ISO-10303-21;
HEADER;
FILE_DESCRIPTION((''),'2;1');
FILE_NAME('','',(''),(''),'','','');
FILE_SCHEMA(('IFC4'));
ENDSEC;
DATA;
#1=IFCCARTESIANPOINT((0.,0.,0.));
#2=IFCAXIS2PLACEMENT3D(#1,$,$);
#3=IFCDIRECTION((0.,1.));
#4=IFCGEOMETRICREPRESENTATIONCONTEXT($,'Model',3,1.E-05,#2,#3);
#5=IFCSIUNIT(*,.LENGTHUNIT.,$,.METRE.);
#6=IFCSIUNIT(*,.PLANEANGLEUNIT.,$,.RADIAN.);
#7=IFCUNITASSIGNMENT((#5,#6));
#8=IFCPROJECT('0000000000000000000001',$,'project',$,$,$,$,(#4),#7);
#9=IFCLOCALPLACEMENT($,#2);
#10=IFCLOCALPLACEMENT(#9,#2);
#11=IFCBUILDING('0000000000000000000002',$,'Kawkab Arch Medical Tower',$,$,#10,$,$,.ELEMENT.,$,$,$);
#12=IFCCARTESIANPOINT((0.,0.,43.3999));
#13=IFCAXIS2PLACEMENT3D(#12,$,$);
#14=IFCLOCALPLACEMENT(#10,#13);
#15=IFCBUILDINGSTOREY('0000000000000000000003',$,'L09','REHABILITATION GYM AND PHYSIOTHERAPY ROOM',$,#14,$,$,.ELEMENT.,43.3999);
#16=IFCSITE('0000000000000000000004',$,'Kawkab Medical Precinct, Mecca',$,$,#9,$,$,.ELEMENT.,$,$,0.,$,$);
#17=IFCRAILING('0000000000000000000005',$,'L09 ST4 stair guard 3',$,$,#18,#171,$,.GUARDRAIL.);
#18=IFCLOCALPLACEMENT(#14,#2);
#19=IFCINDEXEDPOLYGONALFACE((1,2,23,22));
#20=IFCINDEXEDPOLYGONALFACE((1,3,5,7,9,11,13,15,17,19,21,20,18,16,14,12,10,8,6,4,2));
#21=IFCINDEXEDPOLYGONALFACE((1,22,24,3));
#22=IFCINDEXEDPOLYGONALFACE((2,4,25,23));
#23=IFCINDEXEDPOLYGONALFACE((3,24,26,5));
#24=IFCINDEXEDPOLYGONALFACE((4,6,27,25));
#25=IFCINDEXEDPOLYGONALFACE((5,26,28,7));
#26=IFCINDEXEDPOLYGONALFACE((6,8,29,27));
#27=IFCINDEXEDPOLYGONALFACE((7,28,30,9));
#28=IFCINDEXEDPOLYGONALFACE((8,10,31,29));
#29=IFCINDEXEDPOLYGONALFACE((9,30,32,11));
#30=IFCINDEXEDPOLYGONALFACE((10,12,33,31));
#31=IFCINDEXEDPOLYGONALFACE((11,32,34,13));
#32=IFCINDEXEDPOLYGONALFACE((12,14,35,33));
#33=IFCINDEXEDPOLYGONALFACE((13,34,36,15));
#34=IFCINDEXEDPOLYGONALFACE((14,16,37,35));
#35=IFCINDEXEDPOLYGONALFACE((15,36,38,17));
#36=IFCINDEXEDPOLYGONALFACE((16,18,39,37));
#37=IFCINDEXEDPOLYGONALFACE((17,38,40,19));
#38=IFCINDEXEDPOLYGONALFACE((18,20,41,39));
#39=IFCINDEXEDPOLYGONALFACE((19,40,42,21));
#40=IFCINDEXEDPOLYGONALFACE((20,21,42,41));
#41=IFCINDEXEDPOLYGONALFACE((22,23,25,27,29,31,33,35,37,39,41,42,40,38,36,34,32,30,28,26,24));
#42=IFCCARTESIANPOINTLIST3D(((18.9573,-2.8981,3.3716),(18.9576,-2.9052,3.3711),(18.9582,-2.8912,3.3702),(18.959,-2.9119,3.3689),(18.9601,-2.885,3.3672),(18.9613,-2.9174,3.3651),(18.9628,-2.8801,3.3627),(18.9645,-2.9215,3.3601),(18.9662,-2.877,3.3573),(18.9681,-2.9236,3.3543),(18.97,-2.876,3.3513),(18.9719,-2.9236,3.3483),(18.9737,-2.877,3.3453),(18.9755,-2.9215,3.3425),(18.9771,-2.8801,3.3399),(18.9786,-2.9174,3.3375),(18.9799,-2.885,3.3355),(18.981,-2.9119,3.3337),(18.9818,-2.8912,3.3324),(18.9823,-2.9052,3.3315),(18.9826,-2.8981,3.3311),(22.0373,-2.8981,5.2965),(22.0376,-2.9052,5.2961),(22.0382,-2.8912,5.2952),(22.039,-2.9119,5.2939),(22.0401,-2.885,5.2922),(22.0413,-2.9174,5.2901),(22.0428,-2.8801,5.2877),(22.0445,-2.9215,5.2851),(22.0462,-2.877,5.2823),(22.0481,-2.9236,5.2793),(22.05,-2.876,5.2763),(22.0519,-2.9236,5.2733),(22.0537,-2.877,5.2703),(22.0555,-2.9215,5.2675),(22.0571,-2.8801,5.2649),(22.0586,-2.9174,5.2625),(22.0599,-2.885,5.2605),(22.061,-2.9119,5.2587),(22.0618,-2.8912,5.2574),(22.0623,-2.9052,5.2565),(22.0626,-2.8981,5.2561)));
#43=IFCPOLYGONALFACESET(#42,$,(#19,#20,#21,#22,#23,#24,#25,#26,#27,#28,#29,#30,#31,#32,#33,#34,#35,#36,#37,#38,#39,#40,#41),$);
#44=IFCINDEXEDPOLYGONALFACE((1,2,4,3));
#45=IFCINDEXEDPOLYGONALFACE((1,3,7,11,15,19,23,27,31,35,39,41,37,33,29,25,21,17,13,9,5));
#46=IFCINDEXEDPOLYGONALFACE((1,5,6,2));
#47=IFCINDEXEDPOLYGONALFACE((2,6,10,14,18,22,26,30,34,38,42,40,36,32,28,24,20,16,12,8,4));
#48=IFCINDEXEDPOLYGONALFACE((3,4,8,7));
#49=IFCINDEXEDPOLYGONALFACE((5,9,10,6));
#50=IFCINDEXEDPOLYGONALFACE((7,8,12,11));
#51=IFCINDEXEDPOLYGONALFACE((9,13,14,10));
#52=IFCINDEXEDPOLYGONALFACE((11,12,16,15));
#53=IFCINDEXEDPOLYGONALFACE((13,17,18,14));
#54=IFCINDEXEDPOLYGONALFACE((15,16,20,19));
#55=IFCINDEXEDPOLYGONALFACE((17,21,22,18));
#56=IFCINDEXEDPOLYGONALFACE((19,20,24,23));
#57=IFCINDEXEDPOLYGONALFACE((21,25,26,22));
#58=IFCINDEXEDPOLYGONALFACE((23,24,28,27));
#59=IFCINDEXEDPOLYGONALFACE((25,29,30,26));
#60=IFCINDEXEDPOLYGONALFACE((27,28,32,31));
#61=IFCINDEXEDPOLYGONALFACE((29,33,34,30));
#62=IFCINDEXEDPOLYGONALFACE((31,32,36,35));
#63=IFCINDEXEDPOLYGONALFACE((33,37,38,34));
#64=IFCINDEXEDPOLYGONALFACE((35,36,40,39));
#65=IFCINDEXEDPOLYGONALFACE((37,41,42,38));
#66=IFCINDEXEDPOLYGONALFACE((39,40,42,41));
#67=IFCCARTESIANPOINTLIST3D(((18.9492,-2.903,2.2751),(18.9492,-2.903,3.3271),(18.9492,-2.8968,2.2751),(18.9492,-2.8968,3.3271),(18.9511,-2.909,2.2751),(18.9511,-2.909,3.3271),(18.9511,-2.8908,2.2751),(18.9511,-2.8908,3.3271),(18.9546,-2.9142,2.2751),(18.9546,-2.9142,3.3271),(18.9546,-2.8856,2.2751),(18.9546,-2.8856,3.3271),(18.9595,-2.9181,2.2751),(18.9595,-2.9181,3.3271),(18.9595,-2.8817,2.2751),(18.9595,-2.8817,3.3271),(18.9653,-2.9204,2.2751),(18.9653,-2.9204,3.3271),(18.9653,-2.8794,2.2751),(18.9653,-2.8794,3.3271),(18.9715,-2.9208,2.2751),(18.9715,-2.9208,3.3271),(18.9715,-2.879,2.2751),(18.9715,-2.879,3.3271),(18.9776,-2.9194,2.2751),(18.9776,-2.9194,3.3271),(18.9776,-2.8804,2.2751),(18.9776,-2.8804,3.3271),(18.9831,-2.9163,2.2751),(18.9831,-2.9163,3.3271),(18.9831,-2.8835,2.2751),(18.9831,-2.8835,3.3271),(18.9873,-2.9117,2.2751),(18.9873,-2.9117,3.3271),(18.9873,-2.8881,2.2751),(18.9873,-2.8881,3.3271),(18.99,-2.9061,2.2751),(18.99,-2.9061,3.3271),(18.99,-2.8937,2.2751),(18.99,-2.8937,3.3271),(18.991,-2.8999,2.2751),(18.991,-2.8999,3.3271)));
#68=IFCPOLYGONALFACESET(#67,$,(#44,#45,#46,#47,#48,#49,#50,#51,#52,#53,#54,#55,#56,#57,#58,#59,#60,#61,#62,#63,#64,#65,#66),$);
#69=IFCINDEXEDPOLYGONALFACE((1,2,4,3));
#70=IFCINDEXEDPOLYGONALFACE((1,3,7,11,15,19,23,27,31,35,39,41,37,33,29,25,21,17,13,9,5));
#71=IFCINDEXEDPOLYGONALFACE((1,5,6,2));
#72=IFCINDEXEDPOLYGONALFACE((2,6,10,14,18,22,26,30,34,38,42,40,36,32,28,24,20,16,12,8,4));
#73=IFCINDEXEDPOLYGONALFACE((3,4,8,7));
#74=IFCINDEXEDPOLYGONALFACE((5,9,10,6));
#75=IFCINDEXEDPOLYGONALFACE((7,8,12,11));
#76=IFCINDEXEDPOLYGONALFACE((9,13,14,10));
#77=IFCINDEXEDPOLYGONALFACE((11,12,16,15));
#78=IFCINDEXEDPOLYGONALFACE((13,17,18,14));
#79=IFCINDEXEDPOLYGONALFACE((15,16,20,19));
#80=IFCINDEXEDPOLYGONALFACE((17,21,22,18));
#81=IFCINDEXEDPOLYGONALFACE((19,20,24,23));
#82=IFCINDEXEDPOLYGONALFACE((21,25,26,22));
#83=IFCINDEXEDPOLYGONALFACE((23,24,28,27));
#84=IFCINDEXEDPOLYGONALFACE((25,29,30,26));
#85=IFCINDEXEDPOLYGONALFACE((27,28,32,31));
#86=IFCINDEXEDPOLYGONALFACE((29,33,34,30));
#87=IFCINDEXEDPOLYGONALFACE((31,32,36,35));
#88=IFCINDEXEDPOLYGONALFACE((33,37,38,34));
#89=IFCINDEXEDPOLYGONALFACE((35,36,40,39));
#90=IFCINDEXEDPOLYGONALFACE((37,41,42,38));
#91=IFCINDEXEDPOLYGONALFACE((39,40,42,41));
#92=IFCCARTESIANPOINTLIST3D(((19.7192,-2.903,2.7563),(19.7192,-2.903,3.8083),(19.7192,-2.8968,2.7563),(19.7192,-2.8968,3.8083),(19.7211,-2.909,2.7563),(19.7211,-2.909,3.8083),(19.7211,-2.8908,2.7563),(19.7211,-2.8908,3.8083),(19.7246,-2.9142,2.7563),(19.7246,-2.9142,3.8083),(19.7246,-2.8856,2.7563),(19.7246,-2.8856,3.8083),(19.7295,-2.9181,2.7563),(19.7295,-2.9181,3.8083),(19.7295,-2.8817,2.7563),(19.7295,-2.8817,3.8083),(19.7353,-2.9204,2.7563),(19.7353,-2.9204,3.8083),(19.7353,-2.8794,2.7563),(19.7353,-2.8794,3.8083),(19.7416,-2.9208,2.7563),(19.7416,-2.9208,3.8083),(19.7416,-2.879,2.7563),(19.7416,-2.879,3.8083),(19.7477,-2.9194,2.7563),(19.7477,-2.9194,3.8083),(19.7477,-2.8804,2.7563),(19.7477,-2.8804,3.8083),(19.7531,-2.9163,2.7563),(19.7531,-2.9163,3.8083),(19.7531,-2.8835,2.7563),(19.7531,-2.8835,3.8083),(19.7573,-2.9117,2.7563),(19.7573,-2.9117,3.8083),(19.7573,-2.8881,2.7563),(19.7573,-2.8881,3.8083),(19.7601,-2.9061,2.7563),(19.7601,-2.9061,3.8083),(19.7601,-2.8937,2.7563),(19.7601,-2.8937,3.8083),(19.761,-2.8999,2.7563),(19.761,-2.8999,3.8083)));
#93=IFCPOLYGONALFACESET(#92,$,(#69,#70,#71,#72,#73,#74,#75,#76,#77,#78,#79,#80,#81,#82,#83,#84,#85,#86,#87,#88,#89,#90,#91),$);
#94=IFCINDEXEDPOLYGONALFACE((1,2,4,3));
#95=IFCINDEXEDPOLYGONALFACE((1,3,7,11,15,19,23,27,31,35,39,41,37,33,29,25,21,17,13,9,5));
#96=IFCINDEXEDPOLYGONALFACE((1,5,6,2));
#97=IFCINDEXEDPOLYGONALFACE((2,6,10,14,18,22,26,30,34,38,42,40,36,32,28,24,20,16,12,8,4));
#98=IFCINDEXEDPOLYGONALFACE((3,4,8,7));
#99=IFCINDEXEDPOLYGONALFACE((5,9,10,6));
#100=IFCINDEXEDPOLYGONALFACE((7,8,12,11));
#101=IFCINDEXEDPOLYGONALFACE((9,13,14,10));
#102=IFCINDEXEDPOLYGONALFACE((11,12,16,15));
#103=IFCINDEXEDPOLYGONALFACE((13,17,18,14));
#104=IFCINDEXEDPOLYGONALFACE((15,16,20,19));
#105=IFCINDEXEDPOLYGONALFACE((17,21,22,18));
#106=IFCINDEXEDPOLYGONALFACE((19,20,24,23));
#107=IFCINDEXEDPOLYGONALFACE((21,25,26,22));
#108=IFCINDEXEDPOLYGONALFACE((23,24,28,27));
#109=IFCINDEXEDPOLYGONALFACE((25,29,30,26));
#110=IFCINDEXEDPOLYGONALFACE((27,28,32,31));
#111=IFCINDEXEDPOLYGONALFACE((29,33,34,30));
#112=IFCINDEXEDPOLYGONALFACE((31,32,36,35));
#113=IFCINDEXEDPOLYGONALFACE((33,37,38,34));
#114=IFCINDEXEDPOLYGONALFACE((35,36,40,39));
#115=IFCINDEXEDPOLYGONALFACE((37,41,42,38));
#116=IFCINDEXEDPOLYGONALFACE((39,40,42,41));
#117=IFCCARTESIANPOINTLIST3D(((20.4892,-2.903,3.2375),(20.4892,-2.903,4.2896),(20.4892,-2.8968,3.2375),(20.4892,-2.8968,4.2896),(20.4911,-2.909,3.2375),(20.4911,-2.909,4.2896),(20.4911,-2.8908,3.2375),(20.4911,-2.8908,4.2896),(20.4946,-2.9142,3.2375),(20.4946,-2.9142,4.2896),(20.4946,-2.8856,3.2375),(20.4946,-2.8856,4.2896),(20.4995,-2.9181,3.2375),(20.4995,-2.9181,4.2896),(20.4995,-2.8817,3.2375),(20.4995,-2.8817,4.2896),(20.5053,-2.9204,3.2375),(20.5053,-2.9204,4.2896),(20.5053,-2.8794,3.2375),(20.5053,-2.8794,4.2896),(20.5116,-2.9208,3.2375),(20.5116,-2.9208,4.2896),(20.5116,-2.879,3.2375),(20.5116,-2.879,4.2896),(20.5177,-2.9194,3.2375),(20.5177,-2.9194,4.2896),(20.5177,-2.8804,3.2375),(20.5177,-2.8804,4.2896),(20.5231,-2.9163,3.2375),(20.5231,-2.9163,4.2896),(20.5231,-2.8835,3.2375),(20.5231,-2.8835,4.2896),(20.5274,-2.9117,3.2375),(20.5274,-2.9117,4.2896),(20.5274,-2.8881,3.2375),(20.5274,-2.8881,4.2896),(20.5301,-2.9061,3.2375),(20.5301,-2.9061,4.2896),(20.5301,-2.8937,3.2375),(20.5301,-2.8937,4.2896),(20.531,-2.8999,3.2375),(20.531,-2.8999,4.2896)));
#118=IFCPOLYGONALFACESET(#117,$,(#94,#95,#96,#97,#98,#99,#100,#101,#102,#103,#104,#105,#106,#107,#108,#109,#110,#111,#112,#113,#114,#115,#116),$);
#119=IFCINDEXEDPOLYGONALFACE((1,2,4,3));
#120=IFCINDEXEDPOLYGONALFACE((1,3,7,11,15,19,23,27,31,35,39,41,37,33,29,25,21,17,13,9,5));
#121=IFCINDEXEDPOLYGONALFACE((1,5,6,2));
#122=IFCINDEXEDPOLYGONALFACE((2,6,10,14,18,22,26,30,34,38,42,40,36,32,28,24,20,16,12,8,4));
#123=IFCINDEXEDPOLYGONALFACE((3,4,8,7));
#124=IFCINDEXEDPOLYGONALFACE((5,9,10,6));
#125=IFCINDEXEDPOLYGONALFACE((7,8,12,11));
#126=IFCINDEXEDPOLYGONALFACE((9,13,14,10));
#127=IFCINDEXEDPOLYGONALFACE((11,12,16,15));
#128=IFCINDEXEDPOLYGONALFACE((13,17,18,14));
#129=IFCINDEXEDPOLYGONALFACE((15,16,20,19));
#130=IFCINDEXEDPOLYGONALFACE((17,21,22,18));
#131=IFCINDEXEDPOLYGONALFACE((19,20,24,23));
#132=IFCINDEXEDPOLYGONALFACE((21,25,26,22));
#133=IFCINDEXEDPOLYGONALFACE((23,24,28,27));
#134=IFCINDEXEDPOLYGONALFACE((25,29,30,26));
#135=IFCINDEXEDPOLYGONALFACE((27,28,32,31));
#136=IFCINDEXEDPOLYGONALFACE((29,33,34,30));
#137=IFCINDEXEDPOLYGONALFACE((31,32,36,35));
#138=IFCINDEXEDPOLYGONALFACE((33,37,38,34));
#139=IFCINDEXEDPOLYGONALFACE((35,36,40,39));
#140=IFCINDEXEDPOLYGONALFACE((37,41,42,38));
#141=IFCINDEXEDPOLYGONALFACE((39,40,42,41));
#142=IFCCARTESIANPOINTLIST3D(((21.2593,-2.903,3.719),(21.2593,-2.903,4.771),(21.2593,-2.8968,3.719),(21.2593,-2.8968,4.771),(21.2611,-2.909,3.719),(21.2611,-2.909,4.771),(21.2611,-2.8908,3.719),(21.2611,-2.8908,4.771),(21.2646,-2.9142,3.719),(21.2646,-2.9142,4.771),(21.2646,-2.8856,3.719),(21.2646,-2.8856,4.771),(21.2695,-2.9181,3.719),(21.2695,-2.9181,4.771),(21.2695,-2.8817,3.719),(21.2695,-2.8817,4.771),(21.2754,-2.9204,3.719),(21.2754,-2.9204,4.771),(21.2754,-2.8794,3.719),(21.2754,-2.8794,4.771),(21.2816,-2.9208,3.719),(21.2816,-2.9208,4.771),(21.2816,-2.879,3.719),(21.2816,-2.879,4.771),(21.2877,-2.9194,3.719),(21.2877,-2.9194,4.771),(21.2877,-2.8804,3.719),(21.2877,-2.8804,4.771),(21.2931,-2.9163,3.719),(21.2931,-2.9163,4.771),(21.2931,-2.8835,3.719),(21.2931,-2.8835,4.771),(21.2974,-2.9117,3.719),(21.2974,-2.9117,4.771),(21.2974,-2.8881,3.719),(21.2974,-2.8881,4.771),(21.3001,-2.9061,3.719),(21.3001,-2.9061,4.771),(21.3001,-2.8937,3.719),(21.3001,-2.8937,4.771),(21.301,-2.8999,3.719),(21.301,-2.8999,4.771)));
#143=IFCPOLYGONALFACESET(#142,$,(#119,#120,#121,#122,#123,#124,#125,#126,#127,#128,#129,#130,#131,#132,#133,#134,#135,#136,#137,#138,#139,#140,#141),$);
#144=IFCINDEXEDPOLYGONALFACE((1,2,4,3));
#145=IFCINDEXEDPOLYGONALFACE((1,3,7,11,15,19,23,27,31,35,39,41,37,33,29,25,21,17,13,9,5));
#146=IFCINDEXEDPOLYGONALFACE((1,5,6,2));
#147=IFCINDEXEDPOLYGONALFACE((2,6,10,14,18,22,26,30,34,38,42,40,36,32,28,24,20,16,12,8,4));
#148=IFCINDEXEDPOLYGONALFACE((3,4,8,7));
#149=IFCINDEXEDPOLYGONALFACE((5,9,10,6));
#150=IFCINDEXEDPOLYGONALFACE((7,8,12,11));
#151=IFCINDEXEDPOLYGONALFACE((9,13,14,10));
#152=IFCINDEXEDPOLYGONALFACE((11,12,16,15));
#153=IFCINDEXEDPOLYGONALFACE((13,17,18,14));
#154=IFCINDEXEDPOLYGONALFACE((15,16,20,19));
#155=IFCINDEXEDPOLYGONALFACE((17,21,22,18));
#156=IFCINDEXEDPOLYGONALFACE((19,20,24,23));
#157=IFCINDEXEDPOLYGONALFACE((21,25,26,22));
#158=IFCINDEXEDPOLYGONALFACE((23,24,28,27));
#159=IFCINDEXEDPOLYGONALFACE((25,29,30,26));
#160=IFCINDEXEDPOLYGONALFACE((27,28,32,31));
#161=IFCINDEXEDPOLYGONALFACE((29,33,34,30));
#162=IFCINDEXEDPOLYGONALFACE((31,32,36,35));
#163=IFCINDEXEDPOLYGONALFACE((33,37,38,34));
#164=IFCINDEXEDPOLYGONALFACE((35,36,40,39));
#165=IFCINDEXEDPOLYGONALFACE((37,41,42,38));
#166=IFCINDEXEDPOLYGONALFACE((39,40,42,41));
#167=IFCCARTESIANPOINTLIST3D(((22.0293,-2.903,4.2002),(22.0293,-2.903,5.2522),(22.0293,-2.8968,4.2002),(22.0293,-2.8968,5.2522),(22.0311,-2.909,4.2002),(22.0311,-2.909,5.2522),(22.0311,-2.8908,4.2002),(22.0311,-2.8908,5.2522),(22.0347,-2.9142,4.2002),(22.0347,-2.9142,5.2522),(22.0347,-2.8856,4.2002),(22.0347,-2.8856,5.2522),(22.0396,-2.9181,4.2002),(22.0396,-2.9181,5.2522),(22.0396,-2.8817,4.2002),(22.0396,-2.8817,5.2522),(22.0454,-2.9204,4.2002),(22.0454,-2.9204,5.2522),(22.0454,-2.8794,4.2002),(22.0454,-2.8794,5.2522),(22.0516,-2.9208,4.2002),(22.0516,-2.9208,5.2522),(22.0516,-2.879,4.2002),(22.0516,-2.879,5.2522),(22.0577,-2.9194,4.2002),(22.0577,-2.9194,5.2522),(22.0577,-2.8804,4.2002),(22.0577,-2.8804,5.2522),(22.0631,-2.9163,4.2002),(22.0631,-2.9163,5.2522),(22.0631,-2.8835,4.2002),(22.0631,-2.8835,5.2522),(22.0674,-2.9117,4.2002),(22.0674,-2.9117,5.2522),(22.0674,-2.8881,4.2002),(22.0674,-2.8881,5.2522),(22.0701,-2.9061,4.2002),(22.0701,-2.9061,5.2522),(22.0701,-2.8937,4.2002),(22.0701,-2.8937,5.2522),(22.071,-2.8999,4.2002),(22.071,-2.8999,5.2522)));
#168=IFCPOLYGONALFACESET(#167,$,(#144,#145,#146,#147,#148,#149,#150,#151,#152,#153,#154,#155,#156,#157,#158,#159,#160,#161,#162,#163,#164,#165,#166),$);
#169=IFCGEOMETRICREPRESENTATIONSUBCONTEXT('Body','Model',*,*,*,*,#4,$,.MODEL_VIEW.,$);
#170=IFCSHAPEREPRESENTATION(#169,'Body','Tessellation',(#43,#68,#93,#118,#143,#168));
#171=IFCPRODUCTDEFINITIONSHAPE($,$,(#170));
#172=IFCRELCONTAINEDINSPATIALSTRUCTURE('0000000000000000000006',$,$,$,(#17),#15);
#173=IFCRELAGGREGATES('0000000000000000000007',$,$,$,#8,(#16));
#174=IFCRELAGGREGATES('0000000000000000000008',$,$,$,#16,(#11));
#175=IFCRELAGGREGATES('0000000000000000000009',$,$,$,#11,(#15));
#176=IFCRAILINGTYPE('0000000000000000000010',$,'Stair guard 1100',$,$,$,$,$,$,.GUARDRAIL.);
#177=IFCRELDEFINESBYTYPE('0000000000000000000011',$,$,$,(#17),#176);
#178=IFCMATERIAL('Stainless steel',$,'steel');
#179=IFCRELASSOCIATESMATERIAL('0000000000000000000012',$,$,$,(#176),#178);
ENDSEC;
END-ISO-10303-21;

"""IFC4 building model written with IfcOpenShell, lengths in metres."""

from ifc_helpers import new_model, si_unit, direction, frame, origin, origin_2d, place, context, subcontext, project, spatial, circle, extrude, material, type_object, element, save


model = new_model("IFC4")

# Units and contexts
model_context = context("Model", 3, precision=1e-05, world=origin(), true_north=direction((0.0, 1.0)))
body_context = subcontext(model_context, "Body", "Model", "MODEL_VIEW")
ifc_project = project(units=[si_unit("LENGTHUNIT", "METRE"), si_unit("PLANEANGLEUNIT", "RADIAN")], contexts=[model_context])

# Site, building, storey
site_placement = place(None, origin())
site = spatial("IfcSite", under=ifc_project, at=site_placement, Name="Kawkab Medical Precinct, Mecca", CompositionType="ELEMENT", RefElevation=0.0)
building_placement = place(site_placement, origin())
building = spatial("IfcBuilding", under=site, at=building_placement, Name="Kawkab Arch Medical Tower", CompositionType="ELEMENT")
storey_placement = place(building_placement, frame((0.0, 0.0, 43.3999)))
storey = spatial("IfcBuildingStorey", under=building, at=storey_placement, Name="L09", Description="REHABILITATION GYM AND PHYSIOTHERAPY ROOM", CompositionType="ELEMENT", Elevation=43.3999)

# Railing
ifc_material_1 = material(Name="Stainless steel", Category="steel")
railing_type_1 = type_object("IfcRailingType", Name="Stair guard 1100", PredefinedType="GUARDRAIL", material=ifc_material_1)
railing_1_placement = place(storey_placement, frame((18.97, -2.8999, 2.2751)))
element("IfcRailing", 1, at=railing_1_placement, inside=storey, type_object=railing_type_1, Name="L09 ST4 stair guard 3", PredefinedType="GUARDRAIL", context=body_context, shape_type="SweptSolid", body=[
    extrude(circle(Radius=0.0239, at=origin_2d()), frame((0.0, 0.0, 1.0762), z_axis=(0.847998, 0.0, 0.529999), x_axis=(0.0, 1.0, 0.0)), (0.0, 0.0, 1.0), 3.6321),
    extrude(circle(Radius=0.021, at=origin_2d()), origin(), (0.0, 0.0, 1.0), 1.052),
    extrude(circle(Radius=0.021, at=origin_2d()), frame((0.77, 0.0, 0.4812)), (0.0, 0.0, 1.0), 1.052),
    extrude(circle(Radius=0.021, at=origin_2d()), frame((1.54, 0.0, 0.9624)), (0.0, 0.0, 1.0), 1.052),
    extrude(circle(Radius=0.021, at=origin_2d()), frame((2.3101, 0.0, 1.4438)), (0.0, 0.0, 1.0), 1.052),
    extrude(circle(Radius=0.021, at=origin_2d()), frame((3.0801, 0.0, 1.925)), (0.0, 0.0, 1.0), 1.052),
])

save(model, "model.ifc")
